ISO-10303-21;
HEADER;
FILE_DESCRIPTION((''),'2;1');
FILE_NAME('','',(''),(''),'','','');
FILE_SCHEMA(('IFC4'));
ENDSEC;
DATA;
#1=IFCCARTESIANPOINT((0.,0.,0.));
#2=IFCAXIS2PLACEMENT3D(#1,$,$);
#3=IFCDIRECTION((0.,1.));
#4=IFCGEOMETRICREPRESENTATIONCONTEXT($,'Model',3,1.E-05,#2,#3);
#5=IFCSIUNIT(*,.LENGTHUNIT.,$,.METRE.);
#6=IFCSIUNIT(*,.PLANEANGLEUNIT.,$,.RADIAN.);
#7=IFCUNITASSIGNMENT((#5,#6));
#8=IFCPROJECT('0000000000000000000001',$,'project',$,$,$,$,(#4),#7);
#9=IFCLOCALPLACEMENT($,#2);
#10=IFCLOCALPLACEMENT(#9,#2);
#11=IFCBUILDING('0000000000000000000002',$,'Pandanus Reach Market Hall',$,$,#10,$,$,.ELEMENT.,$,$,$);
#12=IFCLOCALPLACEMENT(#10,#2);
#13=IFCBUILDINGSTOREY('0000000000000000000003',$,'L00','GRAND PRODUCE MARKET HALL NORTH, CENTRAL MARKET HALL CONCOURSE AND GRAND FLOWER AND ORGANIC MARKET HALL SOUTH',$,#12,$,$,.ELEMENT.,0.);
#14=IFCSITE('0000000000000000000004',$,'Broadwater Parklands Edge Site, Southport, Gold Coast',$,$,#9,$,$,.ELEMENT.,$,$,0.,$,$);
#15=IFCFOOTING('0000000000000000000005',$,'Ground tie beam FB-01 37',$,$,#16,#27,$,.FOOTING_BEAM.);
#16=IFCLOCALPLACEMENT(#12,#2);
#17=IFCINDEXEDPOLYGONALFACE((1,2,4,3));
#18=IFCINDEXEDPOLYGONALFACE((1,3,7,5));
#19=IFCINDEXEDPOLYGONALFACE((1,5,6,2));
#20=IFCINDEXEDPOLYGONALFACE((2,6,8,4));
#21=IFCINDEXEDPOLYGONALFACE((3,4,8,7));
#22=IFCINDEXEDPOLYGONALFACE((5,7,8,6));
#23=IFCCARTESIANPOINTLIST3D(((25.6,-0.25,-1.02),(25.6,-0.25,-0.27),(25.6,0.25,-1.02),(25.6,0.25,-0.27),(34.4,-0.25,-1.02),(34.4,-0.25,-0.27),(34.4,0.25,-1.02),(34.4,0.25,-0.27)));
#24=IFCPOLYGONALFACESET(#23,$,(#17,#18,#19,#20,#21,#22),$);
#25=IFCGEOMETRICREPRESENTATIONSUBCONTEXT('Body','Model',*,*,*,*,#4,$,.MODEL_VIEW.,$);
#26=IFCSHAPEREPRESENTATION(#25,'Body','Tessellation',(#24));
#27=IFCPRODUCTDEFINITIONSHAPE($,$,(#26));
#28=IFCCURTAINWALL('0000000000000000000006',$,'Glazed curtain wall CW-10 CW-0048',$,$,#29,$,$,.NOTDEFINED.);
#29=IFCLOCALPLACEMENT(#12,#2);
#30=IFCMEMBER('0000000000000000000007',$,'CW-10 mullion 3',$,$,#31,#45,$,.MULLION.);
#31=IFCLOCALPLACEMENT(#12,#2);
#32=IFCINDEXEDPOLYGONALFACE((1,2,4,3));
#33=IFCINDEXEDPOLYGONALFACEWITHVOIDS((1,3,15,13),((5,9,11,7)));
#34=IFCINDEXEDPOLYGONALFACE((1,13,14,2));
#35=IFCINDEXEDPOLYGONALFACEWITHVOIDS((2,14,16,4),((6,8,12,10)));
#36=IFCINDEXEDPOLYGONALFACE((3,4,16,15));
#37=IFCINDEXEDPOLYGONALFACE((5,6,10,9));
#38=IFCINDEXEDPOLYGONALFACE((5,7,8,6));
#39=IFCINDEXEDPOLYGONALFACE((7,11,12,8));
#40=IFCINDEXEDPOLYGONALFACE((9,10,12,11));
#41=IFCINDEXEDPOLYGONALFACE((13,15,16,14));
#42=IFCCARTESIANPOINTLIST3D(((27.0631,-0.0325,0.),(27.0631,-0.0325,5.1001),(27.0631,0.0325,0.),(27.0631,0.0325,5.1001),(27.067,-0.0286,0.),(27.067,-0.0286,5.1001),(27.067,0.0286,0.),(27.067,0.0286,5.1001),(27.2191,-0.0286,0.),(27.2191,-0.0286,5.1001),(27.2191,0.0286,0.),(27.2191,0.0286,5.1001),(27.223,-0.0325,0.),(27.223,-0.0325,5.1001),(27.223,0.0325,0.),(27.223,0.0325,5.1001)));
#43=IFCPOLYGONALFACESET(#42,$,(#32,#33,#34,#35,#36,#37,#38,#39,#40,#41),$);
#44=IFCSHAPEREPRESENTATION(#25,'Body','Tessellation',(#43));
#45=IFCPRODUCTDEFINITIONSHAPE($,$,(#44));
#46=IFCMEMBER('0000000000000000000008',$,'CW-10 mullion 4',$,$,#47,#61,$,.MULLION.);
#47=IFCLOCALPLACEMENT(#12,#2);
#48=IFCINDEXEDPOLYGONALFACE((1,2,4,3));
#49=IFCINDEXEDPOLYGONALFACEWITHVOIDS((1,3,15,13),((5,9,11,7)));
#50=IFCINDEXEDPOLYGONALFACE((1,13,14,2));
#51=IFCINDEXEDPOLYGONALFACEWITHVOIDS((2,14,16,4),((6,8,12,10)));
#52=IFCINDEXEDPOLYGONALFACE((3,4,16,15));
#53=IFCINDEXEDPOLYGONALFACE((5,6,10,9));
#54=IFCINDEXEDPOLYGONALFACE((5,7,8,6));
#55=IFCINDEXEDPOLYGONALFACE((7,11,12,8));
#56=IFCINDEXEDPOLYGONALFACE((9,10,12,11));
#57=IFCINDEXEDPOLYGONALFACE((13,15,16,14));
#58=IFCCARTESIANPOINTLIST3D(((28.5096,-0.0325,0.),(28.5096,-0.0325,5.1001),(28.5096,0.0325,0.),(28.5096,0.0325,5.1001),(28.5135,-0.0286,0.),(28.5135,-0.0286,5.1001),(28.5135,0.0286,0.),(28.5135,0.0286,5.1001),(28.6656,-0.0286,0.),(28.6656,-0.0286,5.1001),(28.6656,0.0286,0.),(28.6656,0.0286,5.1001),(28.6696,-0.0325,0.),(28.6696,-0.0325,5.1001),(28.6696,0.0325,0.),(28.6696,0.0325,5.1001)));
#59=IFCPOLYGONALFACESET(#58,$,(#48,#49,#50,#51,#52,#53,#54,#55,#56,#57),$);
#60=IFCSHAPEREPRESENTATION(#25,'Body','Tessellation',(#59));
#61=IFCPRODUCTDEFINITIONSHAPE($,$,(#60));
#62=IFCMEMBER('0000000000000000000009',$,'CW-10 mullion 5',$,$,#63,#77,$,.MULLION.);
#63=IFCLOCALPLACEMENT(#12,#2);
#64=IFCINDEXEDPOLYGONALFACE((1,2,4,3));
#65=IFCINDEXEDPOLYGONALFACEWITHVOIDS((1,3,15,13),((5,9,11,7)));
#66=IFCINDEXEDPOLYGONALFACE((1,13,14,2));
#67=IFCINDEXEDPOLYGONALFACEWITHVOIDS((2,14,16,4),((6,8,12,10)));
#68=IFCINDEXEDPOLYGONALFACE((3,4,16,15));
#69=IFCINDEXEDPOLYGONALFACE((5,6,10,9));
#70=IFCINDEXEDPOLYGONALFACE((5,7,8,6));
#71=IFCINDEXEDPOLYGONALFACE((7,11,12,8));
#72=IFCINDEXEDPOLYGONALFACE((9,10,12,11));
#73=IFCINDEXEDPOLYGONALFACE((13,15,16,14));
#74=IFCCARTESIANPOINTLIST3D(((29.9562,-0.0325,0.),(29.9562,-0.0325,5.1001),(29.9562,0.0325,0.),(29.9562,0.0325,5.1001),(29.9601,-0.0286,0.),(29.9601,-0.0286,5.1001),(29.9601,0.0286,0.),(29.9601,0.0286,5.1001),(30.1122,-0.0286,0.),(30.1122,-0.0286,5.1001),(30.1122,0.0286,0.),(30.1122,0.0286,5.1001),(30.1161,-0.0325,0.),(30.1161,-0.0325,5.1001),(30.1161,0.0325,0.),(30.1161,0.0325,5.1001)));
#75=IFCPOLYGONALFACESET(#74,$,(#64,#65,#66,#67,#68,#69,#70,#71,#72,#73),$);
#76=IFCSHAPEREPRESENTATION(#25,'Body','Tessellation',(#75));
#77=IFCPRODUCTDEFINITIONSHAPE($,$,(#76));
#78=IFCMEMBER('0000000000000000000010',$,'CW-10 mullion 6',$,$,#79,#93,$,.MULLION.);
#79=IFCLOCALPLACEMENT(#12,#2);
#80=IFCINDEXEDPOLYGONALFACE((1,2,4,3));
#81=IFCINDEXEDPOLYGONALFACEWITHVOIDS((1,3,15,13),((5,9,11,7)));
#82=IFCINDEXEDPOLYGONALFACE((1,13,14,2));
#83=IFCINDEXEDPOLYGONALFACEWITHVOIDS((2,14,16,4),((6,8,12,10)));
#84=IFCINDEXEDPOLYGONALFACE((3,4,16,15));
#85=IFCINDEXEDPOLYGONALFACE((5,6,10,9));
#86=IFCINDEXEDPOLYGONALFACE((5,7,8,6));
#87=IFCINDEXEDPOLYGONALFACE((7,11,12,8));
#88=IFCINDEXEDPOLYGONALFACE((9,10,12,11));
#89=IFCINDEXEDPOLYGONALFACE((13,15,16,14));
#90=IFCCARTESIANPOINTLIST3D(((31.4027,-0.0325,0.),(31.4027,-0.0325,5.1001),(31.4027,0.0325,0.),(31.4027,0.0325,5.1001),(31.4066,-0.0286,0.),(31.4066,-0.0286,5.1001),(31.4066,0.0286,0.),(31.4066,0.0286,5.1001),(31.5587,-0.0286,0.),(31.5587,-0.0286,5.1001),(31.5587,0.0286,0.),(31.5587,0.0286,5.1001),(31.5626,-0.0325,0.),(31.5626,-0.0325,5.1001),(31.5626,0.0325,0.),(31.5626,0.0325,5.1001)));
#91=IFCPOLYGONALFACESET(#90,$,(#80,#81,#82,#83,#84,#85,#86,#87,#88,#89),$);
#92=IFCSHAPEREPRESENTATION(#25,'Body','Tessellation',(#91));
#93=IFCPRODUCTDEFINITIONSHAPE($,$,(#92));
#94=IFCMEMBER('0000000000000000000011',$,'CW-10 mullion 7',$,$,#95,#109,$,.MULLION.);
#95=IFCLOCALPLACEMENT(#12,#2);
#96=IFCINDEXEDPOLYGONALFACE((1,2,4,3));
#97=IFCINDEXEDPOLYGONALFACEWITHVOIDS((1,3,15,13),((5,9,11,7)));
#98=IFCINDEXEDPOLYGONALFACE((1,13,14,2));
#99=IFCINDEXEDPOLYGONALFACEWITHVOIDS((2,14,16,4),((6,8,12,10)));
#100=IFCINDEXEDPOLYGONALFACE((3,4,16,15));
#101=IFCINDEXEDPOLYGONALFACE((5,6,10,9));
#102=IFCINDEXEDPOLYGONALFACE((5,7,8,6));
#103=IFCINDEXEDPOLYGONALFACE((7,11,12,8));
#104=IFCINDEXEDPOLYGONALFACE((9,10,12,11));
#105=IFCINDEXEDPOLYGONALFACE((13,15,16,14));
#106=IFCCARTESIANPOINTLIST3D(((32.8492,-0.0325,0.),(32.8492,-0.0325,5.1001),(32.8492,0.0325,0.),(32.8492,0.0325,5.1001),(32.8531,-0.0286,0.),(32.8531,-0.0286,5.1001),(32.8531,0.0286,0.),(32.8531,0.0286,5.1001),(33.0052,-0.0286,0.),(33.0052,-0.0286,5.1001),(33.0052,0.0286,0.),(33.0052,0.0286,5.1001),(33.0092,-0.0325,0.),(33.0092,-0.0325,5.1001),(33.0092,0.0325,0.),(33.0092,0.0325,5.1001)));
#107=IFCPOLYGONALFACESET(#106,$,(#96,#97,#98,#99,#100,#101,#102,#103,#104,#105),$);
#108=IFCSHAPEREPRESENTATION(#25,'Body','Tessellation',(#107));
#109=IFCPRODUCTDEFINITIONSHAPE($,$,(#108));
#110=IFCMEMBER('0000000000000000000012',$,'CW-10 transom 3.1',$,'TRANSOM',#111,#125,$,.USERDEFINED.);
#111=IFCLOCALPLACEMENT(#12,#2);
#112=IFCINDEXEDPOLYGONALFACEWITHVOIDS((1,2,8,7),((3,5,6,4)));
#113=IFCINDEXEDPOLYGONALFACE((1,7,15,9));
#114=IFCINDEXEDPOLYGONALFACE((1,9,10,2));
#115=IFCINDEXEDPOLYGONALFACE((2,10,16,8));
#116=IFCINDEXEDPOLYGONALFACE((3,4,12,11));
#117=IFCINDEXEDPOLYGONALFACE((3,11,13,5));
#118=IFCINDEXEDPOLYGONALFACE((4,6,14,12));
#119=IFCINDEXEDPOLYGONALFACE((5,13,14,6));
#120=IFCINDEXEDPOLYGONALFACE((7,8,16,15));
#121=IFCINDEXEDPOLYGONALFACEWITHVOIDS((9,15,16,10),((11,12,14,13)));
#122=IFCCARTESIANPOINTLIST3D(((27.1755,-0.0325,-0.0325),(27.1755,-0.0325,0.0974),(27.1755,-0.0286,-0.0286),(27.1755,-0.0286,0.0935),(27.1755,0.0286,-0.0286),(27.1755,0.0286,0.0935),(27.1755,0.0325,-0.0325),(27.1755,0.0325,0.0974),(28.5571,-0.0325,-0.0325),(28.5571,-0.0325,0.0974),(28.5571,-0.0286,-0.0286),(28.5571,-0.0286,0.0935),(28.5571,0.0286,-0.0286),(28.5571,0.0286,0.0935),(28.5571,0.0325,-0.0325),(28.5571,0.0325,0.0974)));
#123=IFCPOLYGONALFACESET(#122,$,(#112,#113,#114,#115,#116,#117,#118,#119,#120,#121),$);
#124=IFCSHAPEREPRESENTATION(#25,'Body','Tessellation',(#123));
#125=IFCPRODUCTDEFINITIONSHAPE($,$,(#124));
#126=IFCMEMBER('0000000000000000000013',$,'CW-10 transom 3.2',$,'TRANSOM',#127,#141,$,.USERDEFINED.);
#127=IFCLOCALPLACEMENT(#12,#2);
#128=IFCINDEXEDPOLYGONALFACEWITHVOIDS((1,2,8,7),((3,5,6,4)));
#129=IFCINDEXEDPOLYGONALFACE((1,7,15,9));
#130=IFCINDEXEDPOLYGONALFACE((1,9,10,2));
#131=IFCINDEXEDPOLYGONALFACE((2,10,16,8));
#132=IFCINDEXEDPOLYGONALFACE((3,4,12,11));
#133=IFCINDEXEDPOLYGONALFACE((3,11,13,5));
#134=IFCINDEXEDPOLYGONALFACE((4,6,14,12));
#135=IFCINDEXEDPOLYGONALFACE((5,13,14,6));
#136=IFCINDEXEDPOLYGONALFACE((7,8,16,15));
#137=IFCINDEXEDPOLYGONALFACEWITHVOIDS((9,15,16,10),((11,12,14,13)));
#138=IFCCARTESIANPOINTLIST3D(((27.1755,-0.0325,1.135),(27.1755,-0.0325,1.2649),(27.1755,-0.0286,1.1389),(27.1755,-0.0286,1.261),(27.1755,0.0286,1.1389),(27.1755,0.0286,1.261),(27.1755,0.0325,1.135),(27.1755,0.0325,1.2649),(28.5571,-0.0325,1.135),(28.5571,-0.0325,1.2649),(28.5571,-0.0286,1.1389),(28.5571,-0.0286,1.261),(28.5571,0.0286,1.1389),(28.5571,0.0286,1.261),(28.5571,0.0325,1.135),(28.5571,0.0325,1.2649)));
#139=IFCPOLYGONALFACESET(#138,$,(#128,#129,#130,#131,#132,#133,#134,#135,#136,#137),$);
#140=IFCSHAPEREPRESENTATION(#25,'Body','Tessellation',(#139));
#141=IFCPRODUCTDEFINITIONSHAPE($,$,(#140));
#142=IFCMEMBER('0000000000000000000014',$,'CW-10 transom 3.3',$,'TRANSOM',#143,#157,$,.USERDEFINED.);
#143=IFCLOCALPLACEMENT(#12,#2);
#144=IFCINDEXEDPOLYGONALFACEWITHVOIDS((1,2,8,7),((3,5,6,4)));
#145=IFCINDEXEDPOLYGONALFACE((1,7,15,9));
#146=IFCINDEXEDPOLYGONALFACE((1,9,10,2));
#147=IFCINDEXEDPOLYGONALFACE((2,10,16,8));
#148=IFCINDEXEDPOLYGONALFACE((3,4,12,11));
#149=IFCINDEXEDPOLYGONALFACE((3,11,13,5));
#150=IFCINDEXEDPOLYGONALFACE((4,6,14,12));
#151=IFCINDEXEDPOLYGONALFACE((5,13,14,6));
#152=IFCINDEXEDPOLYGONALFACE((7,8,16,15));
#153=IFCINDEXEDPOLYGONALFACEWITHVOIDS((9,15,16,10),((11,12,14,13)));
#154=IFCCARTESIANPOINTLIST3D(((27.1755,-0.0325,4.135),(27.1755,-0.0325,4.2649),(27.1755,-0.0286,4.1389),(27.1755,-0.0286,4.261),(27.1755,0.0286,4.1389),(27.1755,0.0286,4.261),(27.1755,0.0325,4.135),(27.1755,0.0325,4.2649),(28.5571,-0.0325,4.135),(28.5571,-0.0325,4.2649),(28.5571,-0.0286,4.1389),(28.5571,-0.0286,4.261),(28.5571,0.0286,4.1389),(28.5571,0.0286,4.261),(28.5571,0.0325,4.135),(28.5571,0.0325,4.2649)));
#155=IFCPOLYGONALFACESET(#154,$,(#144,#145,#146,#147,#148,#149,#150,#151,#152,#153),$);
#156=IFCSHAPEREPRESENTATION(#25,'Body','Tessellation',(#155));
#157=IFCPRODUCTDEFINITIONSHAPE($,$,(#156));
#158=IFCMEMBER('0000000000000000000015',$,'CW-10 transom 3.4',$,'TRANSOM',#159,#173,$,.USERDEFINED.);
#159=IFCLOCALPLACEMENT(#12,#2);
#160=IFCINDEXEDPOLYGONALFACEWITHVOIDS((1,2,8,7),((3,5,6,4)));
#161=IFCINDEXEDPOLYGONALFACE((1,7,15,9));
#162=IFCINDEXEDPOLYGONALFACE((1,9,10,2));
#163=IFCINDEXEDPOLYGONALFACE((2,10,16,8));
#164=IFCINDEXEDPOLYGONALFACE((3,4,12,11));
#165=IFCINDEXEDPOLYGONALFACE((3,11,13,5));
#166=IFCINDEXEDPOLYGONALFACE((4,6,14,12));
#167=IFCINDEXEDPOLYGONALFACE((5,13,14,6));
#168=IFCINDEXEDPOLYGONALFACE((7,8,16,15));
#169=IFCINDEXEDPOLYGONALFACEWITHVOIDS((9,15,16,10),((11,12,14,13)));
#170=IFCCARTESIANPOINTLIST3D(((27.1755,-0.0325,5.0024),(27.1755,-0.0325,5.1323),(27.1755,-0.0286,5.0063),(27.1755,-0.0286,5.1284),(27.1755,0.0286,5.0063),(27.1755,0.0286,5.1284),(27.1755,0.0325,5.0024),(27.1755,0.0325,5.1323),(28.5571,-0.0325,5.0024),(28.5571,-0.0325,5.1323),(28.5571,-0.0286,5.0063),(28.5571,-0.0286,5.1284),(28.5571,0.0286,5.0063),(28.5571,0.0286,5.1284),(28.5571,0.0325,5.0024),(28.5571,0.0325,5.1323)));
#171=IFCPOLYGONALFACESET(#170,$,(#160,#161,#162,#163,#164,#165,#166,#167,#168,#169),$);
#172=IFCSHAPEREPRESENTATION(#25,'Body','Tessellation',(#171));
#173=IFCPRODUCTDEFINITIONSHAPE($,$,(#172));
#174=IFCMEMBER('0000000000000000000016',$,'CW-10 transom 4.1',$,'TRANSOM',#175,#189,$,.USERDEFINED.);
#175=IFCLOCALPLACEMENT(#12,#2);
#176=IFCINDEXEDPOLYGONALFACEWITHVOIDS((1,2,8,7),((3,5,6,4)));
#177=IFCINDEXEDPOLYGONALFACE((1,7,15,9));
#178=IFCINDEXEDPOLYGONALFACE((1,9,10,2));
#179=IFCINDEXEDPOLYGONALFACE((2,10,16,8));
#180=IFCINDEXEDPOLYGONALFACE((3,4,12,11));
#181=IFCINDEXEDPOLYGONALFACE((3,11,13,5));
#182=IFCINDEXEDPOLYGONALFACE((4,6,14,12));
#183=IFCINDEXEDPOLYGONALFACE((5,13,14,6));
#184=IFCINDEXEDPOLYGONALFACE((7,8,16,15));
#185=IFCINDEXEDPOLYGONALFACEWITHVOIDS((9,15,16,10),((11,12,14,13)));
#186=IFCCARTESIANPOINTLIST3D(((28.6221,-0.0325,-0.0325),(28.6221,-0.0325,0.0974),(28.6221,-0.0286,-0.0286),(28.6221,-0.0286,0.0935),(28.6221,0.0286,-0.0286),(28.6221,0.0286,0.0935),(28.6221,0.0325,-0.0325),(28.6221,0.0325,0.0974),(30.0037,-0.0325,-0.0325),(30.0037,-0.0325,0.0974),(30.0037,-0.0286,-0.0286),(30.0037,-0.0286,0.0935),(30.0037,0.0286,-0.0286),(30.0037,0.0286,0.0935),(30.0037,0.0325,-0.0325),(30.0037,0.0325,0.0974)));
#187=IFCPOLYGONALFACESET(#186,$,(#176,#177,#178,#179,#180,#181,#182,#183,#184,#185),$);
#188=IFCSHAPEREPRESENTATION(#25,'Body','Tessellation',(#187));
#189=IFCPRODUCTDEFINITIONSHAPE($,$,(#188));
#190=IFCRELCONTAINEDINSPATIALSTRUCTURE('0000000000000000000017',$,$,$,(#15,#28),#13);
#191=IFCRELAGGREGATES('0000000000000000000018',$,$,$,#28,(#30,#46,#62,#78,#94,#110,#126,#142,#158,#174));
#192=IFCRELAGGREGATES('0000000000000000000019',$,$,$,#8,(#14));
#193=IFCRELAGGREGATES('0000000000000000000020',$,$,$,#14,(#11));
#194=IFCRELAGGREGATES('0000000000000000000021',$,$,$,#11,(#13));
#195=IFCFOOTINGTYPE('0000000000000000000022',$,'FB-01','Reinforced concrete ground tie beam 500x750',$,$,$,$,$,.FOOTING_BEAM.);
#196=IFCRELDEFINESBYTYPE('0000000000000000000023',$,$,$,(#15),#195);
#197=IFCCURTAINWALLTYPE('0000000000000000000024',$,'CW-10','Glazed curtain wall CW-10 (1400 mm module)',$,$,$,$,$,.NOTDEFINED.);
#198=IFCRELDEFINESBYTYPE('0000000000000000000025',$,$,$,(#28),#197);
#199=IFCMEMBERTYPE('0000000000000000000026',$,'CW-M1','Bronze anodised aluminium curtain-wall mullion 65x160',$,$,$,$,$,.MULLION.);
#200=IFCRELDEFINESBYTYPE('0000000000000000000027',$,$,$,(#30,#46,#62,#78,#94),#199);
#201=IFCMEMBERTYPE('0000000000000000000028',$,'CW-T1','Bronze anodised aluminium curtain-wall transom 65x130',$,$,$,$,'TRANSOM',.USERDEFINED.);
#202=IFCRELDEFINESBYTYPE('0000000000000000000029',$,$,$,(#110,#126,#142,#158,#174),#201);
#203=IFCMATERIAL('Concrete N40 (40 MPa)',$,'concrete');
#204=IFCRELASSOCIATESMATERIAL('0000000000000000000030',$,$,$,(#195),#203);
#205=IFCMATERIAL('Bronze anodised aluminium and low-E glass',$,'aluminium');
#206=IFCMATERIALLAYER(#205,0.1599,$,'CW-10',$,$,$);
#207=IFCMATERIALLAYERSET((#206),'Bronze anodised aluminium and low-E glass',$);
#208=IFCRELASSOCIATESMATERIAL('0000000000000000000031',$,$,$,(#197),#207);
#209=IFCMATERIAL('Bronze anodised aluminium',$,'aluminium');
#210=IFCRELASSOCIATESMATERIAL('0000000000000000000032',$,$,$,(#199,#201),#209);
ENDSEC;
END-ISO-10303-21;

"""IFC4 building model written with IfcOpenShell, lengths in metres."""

from ifc_helpers import new_model, si_unit, direction, frame, origin, origin_2d, place, context, subcontext, project, spatial, rectangle, hollow_rectangle, extrude, material, layer, layer_set, material_profile, profile_set, type_object, element, aggregate, save


model = new_model("IFC4")

# Units and contexts
model_context = context("Model", 3, precision=1e-05, world=origin(), true_north=direction((0.0, 1.0)))
body_context = subcontext(model_context, "Body", "Model", "MODEL_VIEW")
ifc_project = project(units=[si_unit("LENGTHUNIT", "METRE"), si_unit("PLANEANGLEUNIT", "RADIAN")], contexts=[model_context])

# Site, building, storey
site_placement = place(None, origin())
site = spatial("IfcSite", under=ifc_project, at=site_placement, Name="Broadwater Parklands Edge Site, Southport, Gold Coast", CompositionType="ELEMENT", RefElevation=0.0)
building_placement = place(site_placement, origin())
building = spatial("IfcBuilding", under=site, at=building_placement, Name="Pandanus Reach Market Hall", CompositionType="ELEMENT")
storey_placement = place(building_placement, origin())
storey = spatial("IfcBuildingStorey", under=building, at=storey_placement, Name="L00", Description="GRAND PRODUCE MARKET HALL NORTH, CENTRAL MARKET HALL CONCOURSE AND GRAND FLOWER AND ORGANIC MARKET HALL SOUTH", CompositionType="ELEMENT", Elevation=0.0)

# Footing
ifc_material_1 = material(Name="Concrete N40 (40 MPa)", Category="concrete")
footing_type = type_object("IfcFootingType", Name="FB-01", Description="Reinforced concrete ground tie beam 500x750", PredefinedType="FOOTING_BEAM", material=ifc_material_1)
footing_placement = place(storey_placement, frame((30.0, 0.0, -1.02), z_axis=(0.0, 0.0, 1.0), x_axis=(1.0, 0.0, 0.0)))
element("IfcFooting", 1, at=footing_placement, inside=storey, type_object=footing_type, Name="Ground tie beam FB-01 37", PredefinedType="FOOTING_BEAM", context=body_context, shape_type="SweptSolid", body=[
    extrude(rectangle(XDim=8.8, YDim=0.5, at=origin_2d()), origin(), (0.0, 0.0, 1.0), 0.75),
])

# Curtain wall, members
ifc_material_2 = material(Name="Bronze anodised aluminium and low-E glass", Category="aluminium")
ifc_layer_1 = layer(ifc_material_2, 0.1599, Name="CW-10")
ifc_layer_set_1 = layer_set([ifc_layer_1], Name="Bronze anodised aluminium and low-E glass")
curtain_wall_type = type_object("IfcCurtainWallType", Name="CW-10", Description="Glazed curtain wall CW-10 (1400 mm module)", PredefinedType="NOTDEFINED", material=ifc_layer_set_1)
curtain_wall_placement = place(storey_placement, origin())
curtain_wall = element("IfcCurtainWall", 2, at=curtain_wall_placement, inside=storey, type_object=curtain_wall_type, Name="Glazed curtain wall CW-10 CW-0048", PredefinedType="NOTDEFINED")
ifc_material_3 = material(Name="Bronze anodised aluminium", Category="aluminium")
ifc_material_profile_1 = material_profile(ifc_material_3, hollow_rectangle(XDim=0.0649, YDim=0.1599, WallThickness=0.0039, at=origin_2d()), Name="ALU65x160", Category="LoadBearing")
ifc_profile_set_1 = profile_set([ifc_material_profile_1], Name="Bronze anodised aluminium")
member_type_1 = type_object("IfcMemberType", Name="CW-M1", Description="Bronze anodised aluminium curtain-wall mullion 65x160", PredefinedType="MULLION", material=ifc_profile_set_1)
member_1_placement = place(storey_placement, frame((27.1431, 0.0, 0.0), z_axis=(0.0, 0.0, 1.0), x_axis=(0.0, 1.0, 0.0)))
member_1 = element("IfcMember", 3, at=member_1_placement, type_object=member_type_1, Name="CW-10 mullion 3", PredefinedType="MULLION", context=body_context, shape_type="SweptSolid", body=[
    extrude(hollow_rectangle(XDim=0.0649, YDim=0.1599, WallThickness=0.0039, at=origin_2d()), origin(), (0.0, 0.0, 1.0), 5.1001),
])
member_2_placement = place(storey_placement, frame((28.5896, 0.0, 0.0), z_axis=(0.0, 0.0, 1.0), x_axis=(0.0, 1.0, 0.0)))
member_2 = element("IfcMember", 4, at=member_2_placement, type_object=member_type_1, Name="CW-10 mullion 4", PredefinedType="MULLION", context=body_context, shape_type="SweptSolid", body=[
    extrude(hollow_rectangle(XDim=0.0649, YDim=0.1599, WallThickness=0.0039, at=origin_2d()), origin(), (0.0, 0.0, 1.0), 5.1001),
])
member_3_placement = place(storey_placement, frame((30.0361, 0.0, 0.0), z_axis=(0.0, 0.0, 1.0), x_axis=(0.0, 1.0, 0.0)))
member_3 = element("IfcMember", 5, at=member_3_placement, type_object=member_type_1, Name="CW-10 mullion 5", PredefinedType="MULLION", context=body_context, shape_type="SweptSolid", body=[
    extrude(hollow_rectangle(XDim=0.0649, YDim=0.1599, WallThickness=0.0039, at=origin_2d()), origin(), (0.0, 0.0, 1.0), 5.1001),
])
member_4_placement = place(storey_placement, frame((31.4827, 0.0, 0.0), z_axis=(0.0, 0.0, 1.0), x_axis=(0.0, 1.0, 0.0)))
member_4 = element("IfcMember", 6, at=member_4_placement, type_object=member_type_1, Name="CW-10 mullion 6", PredefinedType="MULLION", context=body_context, shape_type="SweptSolid", body=[
    extrude(hollow_rectangle(XDim=0.0649, YDim=0.1599, WallThickness=0.0039, at=origin_2d()), origin(), (0.0, 0.0, 1.0), 5.1001),
])
member_5_placement = place(storey_placement, frame((32.9292, 0.0, 0.0), z_axis=(0.0, 0.0, 1.0), x_axis=(0.0, 1.0, 0.0)))
member_5 = element("IfcMember", 7, at=member_5_placement, type_object=member_type_1, Name="CW-10 mullion 7", PredefinedType="MULLION", context=body_context, shape_type="SweptSolid", body=[
    extrude(hollow_rectangle(XDim=0.0649, YDim=0.1599, WallThickness=0.0039, at=origin_2d()), origin(), (0.0, 0.0, 1.0), 5.1001),
])
ifc_material_profile_2 = material_profile(ifc_material_3, hollow_rectangle(XDim=0.0649, YDim=0.1299, WallThickness=0.0039, at=origin_2d()), Name="ALU65x130", Category="LoadBearing")
ifc_profile_set_2 = profile_set([ifc_material_profile_2], Name="Bronze anodised aluminium")
member_type_2 = type_object("IfcMemberType", Name="CW-T1", Description="Bronze anodised aluminium curtain-wall transom 65x130", ElementType="TRANSOM", PredefinedType="USERDEFINED", material=ifc_profile_set_2)
member_6_placement = place(storey_placement, frame((27.1755, 0.0, 0.0325), z_axis=(1.0, 0.0, 0.0), x_axis=(0.0, 1.0, 0.0)))
member_6 = element("IfcMember", 8, at=member_6_placement, type_object=member_type_2, Name="CW-10 transom 3.1", ObjectType="TRANSOM", PredefinedType="USERDEFINED", context=body_context, shape_type="SweptSolid", body=[
    extrude(hollow_rectangle(XDim=0.0649, YDim=0.1299, WallThickness=0.0039, at=origin_2d()), origin(), (0.0, 0.0, 1.0), 1.3816),
])
member_7_placement = place(storey_placement, frame((27.1755, 0.0, 1.2), z_axis=(1.0, 0.0, 0.0), x_axis=(0.0, 1.0, 0.0)))
member_7 = element("IfcMember", 9, at=member_7_placement, type_object=member_type_2, Name="CW-10 transom 3.2", ObjectType="TRANSOM", PredefinedType="USERDEFINED", context=body_context, shape_type="SweptSolid", body=[
    extrude(hollow_rectangle(XDim=0.0649, YDim=0.1299, WallThickness=0.0039, at=origin_2d()), origin(), (0.0, 0.0, 1.0), 1.3816),
])
member_8_placement = place(storey_placement, frame((27.1755, 0.0, 4.2), z_axis=(1.0, 0.0, 0.0), x_axis=(0.0, 1.0, 0.0)))
member_8 = element("IfcMember", 10, at=member_8_placement, type_object=member_type_2, Name="CW-10 transom 3.3", ObjectType="TRANSOM", PredefinedType="USERDEFINED", context=body_context, shape_type="SweptSolid", body=[
    extrude(hollow_rectangle(XDim=0.0649, YDim=0.1299, WallThickness=0.0039, at=origin_2d()), origin(), (0.0, 0.0, 1.0), 1.3816),
])
member_9_placement = place(storey_placement, frame((27.1755, 0.0, 5.0674), z_axis=(1.0, 0.0, 0.0), x_axis=(0.0, 1.0, 0.0)))
member_9 = element("IfcMember", 11, at=member_9_placement, type_object=member_type_2, Name="CW-10 transom 3.4", ObjectType="TRANSOM", PredefinedType="USERDEFINED", context=body_context, shape_type="SweptSolid", body=[
    extrude(hollow_rectangle(XDim=0.0649, YDim=0.1299, WallThickness=0.0039, at=origin_2d()), origin(), (0.0, 0.0, 1.0), 1.3816),
])
member_10_placement = place(storey_placement, frame((28.6221, 0.0, 0.0325), z_axis=(1.0, 0.0, 0.0), x_axis=(0.0, 1.0, 0.0)))
member_10 = element("IfcMember", 12, at=member_10_placement, type_object=member_type_2, Name="CW-10 transom 4.1", ObjectType="TRANSOM", PredefinedType="USERDEFINED", context=body_context, shape_type="SweptSolid", body=[
    extrude(hollow_rectangle(XDim=0.0649, YDim=0.1299, WallThickness=0.0039, at=origin_2d()), origin(), (0.0, 0.0, 1.0), 1.3816),
])

aggregate(curtain_wall, [member_1, member_2, member_3, member_4, member_5, member_6, member_7, member_8, member_9, member_10])

save(model, "model.ifc")
